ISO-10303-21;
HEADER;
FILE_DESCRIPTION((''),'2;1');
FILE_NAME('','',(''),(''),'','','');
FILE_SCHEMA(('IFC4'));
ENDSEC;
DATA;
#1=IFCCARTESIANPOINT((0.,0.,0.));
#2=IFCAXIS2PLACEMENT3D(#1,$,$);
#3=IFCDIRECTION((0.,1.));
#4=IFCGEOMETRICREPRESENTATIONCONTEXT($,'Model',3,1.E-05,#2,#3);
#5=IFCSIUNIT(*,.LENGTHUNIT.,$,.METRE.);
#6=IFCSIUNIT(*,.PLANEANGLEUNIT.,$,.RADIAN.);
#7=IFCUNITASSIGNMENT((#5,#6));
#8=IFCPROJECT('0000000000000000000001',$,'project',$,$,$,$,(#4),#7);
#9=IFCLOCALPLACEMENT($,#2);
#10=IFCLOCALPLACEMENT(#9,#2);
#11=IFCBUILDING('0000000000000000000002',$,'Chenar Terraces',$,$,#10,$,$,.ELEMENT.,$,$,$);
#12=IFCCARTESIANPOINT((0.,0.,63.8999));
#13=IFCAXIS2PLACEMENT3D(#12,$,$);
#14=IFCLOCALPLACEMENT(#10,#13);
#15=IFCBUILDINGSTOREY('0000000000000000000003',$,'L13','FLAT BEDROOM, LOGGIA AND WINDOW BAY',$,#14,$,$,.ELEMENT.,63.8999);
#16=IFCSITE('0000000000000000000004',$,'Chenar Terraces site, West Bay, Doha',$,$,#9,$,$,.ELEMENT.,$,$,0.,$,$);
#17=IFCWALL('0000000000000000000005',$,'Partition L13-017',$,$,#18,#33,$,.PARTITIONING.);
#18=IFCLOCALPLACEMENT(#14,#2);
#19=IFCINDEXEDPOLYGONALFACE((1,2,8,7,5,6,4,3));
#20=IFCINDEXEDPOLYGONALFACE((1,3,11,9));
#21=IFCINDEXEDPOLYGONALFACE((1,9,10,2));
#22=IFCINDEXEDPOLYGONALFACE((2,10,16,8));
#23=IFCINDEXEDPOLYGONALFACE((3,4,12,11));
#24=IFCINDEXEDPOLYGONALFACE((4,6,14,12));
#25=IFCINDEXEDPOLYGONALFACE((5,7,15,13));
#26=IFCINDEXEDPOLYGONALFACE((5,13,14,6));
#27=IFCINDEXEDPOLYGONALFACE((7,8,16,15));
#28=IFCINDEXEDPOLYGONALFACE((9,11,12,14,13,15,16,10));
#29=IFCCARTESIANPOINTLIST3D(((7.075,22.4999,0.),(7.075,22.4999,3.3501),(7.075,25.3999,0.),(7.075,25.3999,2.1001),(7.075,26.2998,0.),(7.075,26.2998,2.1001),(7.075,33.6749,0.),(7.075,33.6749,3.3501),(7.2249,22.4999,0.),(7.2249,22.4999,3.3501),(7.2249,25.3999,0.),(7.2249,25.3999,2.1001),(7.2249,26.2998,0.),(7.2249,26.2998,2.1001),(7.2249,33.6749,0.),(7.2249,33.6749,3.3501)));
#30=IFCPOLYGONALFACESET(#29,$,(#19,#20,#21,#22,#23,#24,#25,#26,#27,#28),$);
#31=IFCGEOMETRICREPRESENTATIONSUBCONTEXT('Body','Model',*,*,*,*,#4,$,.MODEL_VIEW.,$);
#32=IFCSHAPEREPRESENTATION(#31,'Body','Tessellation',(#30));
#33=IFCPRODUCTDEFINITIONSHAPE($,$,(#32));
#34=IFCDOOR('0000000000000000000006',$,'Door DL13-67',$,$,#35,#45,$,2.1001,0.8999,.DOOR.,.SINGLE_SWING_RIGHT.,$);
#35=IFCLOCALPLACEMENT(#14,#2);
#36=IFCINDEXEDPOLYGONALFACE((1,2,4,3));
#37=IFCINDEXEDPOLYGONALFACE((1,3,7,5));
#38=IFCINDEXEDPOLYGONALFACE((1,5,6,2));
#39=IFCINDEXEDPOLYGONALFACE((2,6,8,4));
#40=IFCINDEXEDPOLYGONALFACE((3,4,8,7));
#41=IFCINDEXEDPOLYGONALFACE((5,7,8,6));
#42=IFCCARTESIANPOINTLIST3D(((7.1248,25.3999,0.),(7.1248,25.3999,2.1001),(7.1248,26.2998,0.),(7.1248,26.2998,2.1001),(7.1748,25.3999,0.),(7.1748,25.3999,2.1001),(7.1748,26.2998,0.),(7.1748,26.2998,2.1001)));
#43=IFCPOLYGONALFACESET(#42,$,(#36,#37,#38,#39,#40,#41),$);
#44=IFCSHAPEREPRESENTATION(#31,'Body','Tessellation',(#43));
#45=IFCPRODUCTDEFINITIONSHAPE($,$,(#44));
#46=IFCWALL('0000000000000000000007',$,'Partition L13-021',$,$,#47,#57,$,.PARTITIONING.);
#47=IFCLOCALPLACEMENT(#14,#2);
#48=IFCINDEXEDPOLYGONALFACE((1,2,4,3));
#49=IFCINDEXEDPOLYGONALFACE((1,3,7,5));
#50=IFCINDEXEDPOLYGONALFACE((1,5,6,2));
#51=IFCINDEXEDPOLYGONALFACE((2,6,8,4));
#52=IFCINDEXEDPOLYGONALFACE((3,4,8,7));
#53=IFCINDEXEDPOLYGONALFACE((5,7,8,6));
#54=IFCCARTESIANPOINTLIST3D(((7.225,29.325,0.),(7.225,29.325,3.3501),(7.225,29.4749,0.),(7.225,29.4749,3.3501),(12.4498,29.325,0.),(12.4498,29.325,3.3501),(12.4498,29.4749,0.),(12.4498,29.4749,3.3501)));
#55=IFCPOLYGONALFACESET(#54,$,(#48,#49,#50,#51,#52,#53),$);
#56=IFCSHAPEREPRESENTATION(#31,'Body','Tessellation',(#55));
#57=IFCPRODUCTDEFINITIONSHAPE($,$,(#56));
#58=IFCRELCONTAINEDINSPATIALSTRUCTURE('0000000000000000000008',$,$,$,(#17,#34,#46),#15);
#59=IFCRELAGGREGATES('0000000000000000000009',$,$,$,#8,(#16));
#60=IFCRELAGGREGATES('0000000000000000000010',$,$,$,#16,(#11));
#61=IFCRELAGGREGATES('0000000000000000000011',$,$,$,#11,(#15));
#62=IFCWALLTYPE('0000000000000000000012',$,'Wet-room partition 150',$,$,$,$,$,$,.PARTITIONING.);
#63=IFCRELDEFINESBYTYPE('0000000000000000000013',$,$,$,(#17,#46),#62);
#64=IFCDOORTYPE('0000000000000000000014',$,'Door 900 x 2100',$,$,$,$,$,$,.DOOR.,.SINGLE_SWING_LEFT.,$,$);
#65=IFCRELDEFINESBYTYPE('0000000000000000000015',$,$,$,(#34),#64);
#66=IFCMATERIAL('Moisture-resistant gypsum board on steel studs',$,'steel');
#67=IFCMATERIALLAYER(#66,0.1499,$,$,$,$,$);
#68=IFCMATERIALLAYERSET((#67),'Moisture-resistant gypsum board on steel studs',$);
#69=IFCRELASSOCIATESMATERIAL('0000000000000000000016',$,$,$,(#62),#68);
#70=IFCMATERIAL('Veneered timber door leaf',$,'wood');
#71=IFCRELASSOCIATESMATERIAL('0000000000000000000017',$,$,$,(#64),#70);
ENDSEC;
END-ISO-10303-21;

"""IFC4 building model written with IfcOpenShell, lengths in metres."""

from ifc_helpers import new_model, si_unit, direction, frame, frame_2d, origin, place, context, subcontext, project, spatial, rectangle, extrude, material, layer, layer_set, type_object, element, fill, save


model = new_model("IFC4")

# Units and contexts
model_context = context("Model", 3, precision=1e-05, world=origin(), true_north=direction((0.0, 1.0)))
body_context = subcontext(model_context, "Body", "Model", "MODEL_VIEW")
ifc_project = project(units=[si_unit("LENGTHUNIT", "METRE"), si_unit("PLANEANGLEUNIT", "RADIAN")], contexts=[model_context])

# Site, building, storey
site_placement = place(None, origin())
site = spatial("IfcSite", under=ifc_project, at=site_placement, Name="Chenar Terraces site, West Bay, Doha", CompositionType="ELEMENT", RefElevation=0.0)
building_placement = place(site_placement, origin())
building = spatial("IfcBuilding", under=site, at=building_placement, Name="Chenar Terraces", CompositionType="ELEMENT")
storey_placement = place(building_placement, frame((0.0, 0.0, 63.8999)))
storey = spatial("IfcBuildingStorey", under=building, at=storey_placement, Name="L13", Description="FLAT BEDROOM, LOGGIA AND WINDOW BAY", CompositionType="ELEMENT", Elevation=63.8999)

# Wall, opening, door
ifc_material_1 = material(Name="Moisture-resistant gypsum board on steel studs", Category="steel")
ifc_layer_1 = layer(ifc_material_1, 0.1499)
ifc_layer_set_1 = layer_set([ifc_layer_1], Name="Moisture-resistant gypsum board on steel studs")
wall_type_1 = type_object("IfcWallType", Name="Wet-room partition 150", PredefinedType="PARTITIONING", material=ifc_layer_set_1)
ifc_material_2 = material(Name="Veneered timber door leaf", Category="wood")
door_type_1 = type_object("IfcDoorType", Name="Door 900 x 2100", OperationType="SINGLE_SWING_LEFT", PredefinedType="DOOR", material=ifc_material_2)
wall_1_placement = place(storey_placement, frame((7.1499, 22.5, 0.0), z_axis=(0.0, 0.0, 1.0), x_axis=(0.0, 1.0, 0.0)))
wall_1 = element("IfcWall", 1, at=wall_1_placement, inside=storey, type_object=wall_type_1, Name="Partition L13-017", PredefinedType="PARTITIONING", context=body_context, shape_type="SweptSolid", body=[
    extrude(rectangle(XDim=11.175, YDim=0.1499, at=frame_2d((5.5874, 0.0))), origin(), (0.0, 0.0, 1.0), 3.3501),
])
opening_1_placement = place(wall_1_placement, frame((2.8999, 0.0, 0.0)))
opening_1 = element("IfcOpeningElement", 2, at=opening_1_placement, cuts=wall_1, PredefinedType="OPENING", context=body_context, shape_type="SweptSolid", body=[
    extrude(rectangle(XDim=0.8999, YDim=2.1001, at=frame_2d((0.45, 1.05))), frame((0.0, 0.085, 0.0), z_axis=(0.0, -1.0, 0.0), x_axis=(1.0, 0.0, 0.0)), (0.0, 0.0, 1.0), 0.1699),
])
door_1_placement = place(opening_1_placement, frame((0.8999, 0.0, 0.0), z_axis=(0.0, 0.0, 1.0), x_axis=(-1.0, 0.0, 0.0)))
door_1 = element("IfcDoor", 3, at=door_1_placement, inside=storey, type_object=door_type_1, Name="Door DL13-67", OperationType="SINGLE_SWING_RIGHT", OverallHeight=2.1001, OverallWidth=0.8999, PredefinedType="DOOR", context=body_context, shape_type="SweptSolid", body=[
    extrude(rectangle(XDim=0.8999, YDim=2.1001, at=frame_2d((0.45, 1.05))), frame((0.0, 0.0249, 0.0), z_axis=(0.0, -1.0, 0.0), x_axis=(1.0, 0.0, 0.0)), (0.0, 0.0, 1.0), 0.05),
])
fill(opening_1, door_1)

# Wall
wall_2_placement = place(storey_placement, frame((7.2251, 29.3999, 0.0), z_axis=(0.0, 0.0, 1.0), x_axis=(1.0, 0.0, 0.0)))
element("IfcWall", 4, at=wall_2_placement, inside=storey, type_object=wall_type_1, Name="Partition L13-021", PredefinedType="PARTITIONING", context=body_context, shape_type="SweptSolid", body=[
    extrude(rectangle(XDim=5.2249, YDim=0.1499, at=frame_2d((2.6123, 0.0))), origin(), (0.0, 0.0, 1.0), 3.3501),
])

save(model, "model.ifc")
